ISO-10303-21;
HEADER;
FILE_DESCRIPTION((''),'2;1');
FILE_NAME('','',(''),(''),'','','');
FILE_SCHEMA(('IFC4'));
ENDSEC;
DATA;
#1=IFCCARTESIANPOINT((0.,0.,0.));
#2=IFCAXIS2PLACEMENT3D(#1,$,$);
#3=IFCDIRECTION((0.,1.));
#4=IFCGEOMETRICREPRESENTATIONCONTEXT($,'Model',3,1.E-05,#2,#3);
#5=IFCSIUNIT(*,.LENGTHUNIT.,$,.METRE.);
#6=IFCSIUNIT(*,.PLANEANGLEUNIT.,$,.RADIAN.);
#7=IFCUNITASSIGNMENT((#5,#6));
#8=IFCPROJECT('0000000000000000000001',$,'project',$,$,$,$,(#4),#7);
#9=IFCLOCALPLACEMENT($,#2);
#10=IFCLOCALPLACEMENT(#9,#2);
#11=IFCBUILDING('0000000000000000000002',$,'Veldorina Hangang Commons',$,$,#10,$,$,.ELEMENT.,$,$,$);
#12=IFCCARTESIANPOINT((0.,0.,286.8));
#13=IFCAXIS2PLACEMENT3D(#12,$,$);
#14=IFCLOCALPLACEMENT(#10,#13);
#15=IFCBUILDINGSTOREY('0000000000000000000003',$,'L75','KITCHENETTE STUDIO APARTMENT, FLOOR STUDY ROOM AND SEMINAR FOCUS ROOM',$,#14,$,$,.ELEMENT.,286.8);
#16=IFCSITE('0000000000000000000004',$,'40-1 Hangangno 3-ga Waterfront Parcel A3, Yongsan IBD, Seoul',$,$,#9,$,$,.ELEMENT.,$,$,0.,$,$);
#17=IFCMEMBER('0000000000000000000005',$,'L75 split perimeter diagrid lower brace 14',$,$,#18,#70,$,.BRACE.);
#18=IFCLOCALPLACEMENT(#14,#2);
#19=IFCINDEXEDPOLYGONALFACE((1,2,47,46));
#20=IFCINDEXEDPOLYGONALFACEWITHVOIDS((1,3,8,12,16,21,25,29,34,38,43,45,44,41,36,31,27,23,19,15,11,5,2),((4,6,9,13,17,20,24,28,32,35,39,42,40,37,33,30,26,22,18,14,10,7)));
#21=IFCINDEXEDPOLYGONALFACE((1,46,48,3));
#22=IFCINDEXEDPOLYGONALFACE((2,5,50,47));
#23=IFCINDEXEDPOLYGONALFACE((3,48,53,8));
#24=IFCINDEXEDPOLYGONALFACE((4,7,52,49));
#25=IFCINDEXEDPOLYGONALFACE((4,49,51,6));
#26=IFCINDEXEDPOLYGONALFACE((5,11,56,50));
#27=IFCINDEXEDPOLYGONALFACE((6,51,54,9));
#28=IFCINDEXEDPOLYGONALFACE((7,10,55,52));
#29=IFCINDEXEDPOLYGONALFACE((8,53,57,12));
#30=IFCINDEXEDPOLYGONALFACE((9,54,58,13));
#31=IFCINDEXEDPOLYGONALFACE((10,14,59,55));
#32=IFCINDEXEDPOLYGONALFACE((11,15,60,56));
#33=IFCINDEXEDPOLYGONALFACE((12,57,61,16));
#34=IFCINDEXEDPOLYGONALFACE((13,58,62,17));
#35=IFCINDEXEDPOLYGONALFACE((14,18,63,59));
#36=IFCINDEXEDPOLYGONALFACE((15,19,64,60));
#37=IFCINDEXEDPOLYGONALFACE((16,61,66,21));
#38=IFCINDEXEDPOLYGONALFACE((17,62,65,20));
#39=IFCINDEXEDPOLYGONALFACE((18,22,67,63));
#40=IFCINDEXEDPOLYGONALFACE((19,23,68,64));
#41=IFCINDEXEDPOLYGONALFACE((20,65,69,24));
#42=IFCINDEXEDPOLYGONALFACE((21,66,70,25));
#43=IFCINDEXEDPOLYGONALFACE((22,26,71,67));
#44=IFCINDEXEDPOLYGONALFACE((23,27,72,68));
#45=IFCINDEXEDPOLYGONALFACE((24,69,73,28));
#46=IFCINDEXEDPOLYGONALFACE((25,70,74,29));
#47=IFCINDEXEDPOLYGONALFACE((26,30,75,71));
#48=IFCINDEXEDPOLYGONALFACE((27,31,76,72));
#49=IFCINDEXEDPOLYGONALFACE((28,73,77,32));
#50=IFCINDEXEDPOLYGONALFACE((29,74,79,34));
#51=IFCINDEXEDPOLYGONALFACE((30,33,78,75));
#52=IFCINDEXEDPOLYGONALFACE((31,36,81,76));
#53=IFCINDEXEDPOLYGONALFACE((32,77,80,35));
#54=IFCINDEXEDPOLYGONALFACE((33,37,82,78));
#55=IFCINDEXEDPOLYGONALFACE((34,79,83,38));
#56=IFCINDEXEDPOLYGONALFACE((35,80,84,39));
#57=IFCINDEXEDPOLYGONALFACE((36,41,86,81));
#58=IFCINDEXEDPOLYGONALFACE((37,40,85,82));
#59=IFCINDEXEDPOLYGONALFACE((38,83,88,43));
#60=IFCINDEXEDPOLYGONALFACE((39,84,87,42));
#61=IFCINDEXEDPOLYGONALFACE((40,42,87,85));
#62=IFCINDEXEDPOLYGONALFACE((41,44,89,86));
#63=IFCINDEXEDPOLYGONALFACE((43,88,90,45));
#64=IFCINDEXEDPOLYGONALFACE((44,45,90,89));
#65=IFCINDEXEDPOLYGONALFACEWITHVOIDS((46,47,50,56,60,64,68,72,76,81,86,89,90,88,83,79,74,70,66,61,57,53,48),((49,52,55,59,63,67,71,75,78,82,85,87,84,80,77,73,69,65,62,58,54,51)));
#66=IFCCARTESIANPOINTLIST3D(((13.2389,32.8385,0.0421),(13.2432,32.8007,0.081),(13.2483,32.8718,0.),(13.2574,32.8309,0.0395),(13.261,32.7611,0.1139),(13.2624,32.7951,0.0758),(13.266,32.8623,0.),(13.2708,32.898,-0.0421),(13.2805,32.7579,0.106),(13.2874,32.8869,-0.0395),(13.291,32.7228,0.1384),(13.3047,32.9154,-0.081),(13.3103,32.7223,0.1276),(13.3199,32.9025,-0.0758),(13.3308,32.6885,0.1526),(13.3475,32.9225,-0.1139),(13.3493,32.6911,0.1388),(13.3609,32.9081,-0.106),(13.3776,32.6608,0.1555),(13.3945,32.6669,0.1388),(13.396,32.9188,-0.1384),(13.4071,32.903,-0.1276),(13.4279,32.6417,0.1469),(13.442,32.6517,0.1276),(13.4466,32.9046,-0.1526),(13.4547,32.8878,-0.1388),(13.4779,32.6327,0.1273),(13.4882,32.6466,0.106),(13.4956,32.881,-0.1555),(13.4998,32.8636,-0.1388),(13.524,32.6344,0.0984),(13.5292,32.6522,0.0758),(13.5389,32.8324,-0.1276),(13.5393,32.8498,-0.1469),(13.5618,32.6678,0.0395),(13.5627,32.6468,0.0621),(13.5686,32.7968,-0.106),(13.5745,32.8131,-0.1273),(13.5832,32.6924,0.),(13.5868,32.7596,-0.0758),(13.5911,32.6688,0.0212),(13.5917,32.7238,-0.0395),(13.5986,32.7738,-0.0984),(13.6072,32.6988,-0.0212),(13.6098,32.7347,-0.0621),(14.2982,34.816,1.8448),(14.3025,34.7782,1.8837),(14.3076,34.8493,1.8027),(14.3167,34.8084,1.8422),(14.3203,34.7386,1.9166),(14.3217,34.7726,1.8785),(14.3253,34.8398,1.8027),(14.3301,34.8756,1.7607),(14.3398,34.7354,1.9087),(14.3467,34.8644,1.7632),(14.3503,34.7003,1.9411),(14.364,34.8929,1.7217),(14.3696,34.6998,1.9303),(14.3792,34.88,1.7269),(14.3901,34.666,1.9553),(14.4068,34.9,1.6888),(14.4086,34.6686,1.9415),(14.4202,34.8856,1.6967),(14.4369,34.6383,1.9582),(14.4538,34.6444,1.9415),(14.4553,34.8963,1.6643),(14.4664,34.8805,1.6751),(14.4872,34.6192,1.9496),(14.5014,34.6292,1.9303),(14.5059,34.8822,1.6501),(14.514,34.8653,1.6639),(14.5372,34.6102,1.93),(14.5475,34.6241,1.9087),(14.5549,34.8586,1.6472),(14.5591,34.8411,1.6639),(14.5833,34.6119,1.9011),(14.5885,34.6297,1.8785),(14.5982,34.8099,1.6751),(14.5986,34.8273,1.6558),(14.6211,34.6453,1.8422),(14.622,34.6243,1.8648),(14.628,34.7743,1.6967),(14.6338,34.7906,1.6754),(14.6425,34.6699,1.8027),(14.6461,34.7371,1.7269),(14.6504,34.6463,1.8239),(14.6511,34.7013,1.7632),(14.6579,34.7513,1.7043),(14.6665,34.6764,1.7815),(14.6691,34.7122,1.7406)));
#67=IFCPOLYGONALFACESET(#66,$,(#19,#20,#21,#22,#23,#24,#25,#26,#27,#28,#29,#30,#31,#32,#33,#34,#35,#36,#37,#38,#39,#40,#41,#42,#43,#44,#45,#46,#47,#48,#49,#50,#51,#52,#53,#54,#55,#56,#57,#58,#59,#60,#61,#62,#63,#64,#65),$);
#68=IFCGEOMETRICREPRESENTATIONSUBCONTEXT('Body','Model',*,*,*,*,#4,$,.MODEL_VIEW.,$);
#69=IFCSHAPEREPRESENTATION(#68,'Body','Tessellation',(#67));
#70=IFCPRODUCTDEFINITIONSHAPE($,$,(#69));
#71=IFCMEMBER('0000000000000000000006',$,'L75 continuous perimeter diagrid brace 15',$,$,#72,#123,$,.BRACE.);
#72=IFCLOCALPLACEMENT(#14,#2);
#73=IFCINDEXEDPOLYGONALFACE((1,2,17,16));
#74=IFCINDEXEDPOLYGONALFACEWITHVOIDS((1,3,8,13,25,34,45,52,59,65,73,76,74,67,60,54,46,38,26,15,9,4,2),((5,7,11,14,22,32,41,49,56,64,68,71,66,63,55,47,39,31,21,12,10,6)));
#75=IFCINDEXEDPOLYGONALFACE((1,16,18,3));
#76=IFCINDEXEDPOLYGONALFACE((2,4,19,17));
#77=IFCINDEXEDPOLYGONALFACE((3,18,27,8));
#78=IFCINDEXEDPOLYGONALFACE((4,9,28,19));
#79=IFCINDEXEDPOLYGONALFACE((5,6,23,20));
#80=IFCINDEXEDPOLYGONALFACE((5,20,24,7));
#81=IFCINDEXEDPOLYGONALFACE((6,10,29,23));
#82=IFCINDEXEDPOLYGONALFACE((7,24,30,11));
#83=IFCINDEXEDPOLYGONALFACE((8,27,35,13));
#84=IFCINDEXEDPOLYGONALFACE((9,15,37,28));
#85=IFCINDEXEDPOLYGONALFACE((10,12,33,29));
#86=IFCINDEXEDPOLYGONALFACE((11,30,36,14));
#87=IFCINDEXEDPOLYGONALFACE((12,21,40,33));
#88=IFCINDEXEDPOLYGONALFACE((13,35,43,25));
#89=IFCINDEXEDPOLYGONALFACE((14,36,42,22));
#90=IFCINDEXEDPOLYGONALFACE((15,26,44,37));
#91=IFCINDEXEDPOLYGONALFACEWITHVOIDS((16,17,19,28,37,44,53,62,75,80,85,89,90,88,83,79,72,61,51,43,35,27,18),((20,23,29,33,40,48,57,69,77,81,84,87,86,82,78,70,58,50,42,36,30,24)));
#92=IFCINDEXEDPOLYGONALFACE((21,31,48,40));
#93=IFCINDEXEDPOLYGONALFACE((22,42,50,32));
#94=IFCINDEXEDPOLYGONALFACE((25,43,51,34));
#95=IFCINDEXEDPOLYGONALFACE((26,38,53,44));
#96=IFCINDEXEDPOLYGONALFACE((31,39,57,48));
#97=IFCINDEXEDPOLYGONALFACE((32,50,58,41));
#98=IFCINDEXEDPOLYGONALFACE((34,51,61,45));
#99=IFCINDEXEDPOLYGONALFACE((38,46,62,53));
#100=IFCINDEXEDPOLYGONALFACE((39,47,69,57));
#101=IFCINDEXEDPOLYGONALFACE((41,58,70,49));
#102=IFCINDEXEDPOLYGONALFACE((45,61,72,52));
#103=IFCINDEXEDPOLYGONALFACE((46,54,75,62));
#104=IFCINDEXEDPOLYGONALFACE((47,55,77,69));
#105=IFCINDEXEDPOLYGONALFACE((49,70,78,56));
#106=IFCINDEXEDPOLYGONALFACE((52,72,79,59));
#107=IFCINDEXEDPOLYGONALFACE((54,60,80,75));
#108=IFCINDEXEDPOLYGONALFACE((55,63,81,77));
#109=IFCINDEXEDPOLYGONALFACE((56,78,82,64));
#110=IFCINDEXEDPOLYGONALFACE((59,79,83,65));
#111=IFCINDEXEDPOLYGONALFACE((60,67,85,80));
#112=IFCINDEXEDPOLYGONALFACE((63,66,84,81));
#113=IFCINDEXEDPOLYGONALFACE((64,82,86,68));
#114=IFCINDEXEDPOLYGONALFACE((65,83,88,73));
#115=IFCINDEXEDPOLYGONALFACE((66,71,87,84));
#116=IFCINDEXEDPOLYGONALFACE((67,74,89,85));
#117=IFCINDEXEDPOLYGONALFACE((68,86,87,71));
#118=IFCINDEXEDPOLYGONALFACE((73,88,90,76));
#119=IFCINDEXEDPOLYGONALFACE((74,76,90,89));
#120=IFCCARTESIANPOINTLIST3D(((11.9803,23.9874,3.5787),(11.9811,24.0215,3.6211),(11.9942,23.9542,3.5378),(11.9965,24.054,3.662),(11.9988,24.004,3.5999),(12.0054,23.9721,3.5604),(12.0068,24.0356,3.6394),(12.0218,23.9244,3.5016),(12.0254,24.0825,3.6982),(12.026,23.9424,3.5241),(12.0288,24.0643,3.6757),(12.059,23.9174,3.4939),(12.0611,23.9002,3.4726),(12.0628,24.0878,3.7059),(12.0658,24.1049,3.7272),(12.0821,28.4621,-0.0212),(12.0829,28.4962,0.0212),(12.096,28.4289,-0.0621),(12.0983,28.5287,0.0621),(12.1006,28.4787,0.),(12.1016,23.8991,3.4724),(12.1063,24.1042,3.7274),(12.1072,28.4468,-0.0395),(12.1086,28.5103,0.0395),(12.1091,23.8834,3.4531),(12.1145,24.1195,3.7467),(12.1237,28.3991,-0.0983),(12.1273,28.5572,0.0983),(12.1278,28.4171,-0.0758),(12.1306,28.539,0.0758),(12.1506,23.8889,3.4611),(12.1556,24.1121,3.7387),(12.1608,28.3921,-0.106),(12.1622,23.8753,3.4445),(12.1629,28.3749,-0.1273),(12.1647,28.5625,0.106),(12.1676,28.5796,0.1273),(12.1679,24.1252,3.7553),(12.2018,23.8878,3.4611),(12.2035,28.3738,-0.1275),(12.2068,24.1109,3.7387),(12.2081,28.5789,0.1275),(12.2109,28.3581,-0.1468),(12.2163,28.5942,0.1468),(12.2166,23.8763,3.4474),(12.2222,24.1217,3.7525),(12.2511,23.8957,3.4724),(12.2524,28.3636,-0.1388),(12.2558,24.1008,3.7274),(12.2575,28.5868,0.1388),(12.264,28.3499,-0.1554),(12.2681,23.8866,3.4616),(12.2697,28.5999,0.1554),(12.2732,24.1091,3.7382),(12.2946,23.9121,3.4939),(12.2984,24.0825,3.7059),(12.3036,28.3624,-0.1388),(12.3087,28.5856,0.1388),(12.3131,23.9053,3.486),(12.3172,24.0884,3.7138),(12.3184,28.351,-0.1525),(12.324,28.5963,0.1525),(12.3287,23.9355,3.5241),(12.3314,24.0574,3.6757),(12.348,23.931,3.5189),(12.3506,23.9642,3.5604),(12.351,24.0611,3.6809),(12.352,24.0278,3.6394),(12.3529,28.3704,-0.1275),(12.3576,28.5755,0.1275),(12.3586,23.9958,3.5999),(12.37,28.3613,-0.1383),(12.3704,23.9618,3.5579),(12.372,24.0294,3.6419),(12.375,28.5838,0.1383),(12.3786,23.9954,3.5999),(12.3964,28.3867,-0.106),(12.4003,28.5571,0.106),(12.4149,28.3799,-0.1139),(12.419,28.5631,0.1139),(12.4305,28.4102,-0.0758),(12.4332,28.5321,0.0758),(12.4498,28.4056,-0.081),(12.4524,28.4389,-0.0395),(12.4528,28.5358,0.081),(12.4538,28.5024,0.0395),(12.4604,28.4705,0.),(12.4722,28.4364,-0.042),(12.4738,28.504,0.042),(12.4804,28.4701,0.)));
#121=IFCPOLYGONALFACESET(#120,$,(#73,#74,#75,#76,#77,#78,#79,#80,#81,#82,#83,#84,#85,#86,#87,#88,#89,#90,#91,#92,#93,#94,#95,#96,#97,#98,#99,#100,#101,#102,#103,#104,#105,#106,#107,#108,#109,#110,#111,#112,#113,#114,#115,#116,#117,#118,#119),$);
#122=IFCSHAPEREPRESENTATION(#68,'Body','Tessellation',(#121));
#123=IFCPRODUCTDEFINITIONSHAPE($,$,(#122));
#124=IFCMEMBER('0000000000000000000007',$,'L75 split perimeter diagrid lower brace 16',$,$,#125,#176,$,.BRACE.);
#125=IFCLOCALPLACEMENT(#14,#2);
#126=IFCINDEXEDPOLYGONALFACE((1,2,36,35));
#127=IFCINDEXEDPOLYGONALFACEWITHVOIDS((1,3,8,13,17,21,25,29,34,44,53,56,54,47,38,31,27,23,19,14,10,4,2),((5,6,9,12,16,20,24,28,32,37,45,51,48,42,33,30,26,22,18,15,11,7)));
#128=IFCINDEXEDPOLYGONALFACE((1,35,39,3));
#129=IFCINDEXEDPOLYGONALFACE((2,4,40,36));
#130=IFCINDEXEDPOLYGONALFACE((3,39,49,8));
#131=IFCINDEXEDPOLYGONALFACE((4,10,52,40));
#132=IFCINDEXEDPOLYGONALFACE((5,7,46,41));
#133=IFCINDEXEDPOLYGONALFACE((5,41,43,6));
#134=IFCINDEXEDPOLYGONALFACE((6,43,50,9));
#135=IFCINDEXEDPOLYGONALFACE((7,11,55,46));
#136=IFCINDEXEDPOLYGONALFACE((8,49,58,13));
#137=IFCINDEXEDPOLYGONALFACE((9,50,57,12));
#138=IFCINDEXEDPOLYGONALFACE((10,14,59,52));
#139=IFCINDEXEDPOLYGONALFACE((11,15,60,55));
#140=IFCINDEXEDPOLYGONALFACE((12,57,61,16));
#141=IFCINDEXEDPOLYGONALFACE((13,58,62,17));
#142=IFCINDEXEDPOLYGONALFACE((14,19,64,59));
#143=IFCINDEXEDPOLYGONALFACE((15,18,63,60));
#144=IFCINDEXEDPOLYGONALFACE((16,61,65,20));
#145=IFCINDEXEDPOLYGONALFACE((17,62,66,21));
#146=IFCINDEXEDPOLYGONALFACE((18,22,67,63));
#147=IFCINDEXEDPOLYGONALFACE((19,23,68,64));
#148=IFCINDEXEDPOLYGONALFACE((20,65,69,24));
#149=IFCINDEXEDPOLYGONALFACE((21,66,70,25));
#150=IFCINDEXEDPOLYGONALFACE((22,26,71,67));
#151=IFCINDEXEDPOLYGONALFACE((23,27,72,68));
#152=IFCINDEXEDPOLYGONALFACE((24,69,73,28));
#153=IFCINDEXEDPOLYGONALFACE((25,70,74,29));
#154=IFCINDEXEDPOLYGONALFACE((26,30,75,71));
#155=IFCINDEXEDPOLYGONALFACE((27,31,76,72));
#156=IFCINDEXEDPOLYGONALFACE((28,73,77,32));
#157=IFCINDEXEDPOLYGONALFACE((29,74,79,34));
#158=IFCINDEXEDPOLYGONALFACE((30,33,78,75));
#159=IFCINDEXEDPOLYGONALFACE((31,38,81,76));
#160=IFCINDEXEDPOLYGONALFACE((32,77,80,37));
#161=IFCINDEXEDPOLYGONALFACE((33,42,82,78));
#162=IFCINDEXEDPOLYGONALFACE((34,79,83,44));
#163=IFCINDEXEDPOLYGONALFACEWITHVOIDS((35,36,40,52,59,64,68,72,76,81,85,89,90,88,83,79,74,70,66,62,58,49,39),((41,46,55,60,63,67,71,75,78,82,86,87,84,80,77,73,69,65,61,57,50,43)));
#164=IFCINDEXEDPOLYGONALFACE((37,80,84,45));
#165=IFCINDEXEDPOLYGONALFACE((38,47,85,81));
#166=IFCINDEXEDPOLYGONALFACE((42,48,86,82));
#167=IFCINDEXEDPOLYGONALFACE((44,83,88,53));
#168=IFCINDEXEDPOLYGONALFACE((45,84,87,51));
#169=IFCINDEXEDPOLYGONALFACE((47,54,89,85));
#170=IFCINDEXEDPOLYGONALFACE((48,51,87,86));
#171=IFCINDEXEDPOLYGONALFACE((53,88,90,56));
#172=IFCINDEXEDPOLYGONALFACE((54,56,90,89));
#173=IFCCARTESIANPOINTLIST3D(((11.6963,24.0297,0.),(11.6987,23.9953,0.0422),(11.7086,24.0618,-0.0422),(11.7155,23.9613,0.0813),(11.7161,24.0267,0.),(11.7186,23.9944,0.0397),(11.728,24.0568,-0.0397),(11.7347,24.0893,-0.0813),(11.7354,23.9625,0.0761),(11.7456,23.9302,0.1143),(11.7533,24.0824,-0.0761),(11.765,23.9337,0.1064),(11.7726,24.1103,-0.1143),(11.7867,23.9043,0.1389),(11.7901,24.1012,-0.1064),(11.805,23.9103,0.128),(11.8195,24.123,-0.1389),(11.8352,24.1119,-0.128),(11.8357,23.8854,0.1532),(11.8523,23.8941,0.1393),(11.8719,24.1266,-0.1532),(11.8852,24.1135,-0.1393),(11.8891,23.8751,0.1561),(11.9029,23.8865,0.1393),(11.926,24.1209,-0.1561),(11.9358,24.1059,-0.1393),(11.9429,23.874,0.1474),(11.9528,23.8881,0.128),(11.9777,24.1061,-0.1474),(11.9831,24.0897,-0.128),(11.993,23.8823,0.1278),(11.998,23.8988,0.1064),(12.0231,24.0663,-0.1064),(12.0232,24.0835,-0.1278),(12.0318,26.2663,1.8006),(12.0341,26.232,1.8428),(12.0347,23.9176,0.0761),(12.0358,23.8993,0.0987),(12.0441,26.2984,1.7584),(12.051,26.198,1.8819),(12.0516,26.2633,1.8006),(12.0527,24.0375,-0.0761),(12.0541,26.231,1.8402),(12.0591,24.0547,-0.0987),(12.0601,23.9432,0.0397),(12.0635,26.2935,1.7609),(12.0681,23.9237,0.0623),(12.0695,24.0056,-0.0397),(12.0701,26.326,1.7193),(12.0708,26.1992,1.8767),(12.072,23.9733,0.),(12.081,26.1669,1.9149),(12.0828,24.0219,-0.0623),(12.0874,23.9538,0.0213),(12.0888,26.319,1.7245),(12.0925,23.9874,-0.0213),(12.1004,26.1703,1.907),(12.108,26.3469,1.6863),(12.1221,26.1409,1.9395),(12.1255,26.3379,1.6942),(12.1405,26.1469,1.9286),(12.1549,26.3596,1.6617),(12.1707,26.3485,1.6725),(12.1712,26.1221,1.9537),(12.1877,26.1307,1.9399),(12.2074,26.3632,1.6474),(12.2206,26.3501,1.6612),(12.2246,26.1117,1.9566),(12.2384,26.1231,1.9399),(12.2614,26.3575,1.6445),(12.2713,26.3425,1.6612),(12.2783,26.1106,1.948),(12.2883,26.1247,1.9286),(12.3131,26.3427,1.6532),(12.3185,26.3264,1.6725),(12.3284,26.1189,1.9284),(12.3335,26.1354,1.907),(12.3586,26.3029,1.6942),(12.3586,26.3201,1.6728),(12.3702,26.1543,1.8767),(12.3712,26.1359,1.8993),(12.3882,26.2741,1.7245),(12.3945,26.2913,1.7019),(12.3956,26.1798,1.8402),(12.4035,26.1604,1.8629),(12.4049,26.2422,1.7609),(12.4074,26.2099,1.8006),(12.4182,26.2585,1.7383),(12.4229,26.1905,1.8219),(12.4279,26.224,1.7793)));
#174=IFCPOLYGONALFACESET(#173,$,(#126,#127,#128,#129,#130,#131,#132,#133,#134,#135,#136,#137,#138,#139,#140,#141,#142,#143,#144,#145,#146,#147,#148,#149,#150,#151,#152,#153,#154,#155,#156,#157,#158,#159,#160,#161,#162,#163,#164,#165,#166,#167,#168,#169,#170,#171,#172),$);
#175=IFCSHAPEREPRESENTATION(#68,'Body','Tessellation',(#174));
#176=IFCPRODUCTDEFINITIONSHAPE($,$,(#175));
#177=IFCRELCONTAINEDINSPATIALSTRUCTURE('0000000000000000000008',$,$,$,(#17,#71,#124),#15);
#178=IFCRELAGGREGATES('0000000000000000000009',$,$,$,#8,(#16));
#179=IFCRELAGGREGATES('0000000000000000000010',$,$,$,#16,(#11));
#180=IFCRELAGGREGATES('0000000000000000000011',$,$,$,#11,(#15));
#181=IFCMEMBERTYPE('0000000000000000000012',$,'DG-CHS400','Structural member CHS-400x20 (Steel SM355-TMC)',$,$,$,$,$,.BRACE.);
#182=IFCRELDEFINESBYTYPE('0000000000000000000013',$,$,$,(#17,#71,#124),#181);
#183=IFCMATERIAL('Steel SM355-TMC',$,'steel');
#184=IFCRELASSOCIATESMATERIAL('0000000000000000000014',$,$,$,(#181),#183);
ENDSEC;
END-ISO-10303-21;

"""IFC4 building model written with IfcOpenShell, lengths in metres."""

from ifc_helpers import new_model, si_unit, direction, frame, origin, origin_2d, place, context, subcontext, project, spatial, hollow_circle, extrude, material, material_profile, profile_set, type_object, element, save


model = new_model("IFC4")

# Units and contexts
model_context = context("Model", 3, precision=1e-05, world=origin(), true_north=direction((0.0, 1.0)))
body_context = subcontext(model_context, "Body", "Model", "MODEL_VIEW")
ifc_project = project(units=[si_unit("LENGTHUNIT", "METRE"), si_unit("PLANEANGLEUNIT", "RADIAN")], contexts=[model_context])

# Site, building, storey
site_placement = place(None, origin())
site = spatial("IfcSite", under=ifc_project, at=site_placement, Name="40-1 Hangangno 3-ga Waterfront Parcel A3, Yongsan IBD, Seoul", CompositionType="ELEMENT", RefElevation=0.0)
building_placement = place(site_placement, origin())
building = spatial("IfcBuilding", under=site, at=building_placement, Name="Veldorina Hangang Commons", CompositionType="ELEMENT")
storey_placement = place(building_placement, frame((0.0, 0.0, 286.8)))
storey = spatial("IfcBuildingStorey", under=building, at=storey_placement, Name="L75", Description="KITCHENETTE STUDIO APARTMENT, FLOOR STUDY ROOM AND SEMINAR FOCUS ROOM", CompositionType="ELEMENT", Elevation=286.8)

# Shared definitions
ifc_material_1 = material(Name="Steel SM355-TMC", Category="steel")

# Members
ifc_material_profile_1 = material_profile(ifc_material_1, hollow_circle(Radius=0.2, WallThickness=0.02, at=origin_2d()), Name="CHS-400x20")
ifc_profile_set_1 = profile_set([ifc_material_profile_1], Name="Steel SM355-TMC")
member_type_1 = type_object("IfcMemberType", Name="DG-CHS400", Description="Structural member CHS-400x20 (Steel SM355-TMC)", PredefinedType="BRACE", material=ifc_profile_set_1)
member_1_placement = place(storey_placement, frame((13.4246, 32.7773, 0.0), z_axis=(0.368082, 0.687131, 0.626392), x_axis=(-0.881493, 0.472197, 0.0)))
element("IfcMember", 1, at=member_1_placement, inside=storey, type_object=member_type_1, Name="L75 split perimeter diagrid lower brace 14", PredefinedType="BRACE", context=body_context, shape_type="SweptSolid", body=[
    extrude(hollow_circle(Radius=0.2, WallThickness=0.02, at=origin_2d()), origin(), (0.0, 0.0, 1.0), 2.8779),
])
member_2_placement = place(storey_placement, frame((12.2805, 28.4746, 0.0), z_axis=(-0.017725, -0.779031, 0.626735), x_axis=(0.999741, -0.022746, 0.0)))
element("IfcMember", 2, at=member_2_placement, inside=storey, type_object=member_type_1, Name="L75 continuous perimeter diagrid brace 15", PredefinedType="BRACE", context=body_context, shape_type="SweptSolid", body=[
    extrude(hollow_circle(Radius=0.2, WallThickness=0.02, at=origin_2d()), origin(), (0.0, 0.0, 1.0), 5.7439),
])
member_3_placement = place(storey_placement, frame((11.894, 24.0, 0.0), z_axis=(0.11604, 0.773687, 0.622851), x_axis=(-0.988939, 0.148325, 0.0)))
element("IfcMember", 3, at=member_3_placement, inside=storey, type_object=member_type_1, Name="L75 split perimeter diagrid lower brace 16", PredefinedType="BRACE", context=body_context, shape_type="SweptSolid", body=[
    extrude(hollow_circle(Radius=0.2, WallThickness=0.02, at=origin_2d()), origin(), (0.0, 0.0, 1.0), 2.8909),
])

save(model, "model.ifc")
